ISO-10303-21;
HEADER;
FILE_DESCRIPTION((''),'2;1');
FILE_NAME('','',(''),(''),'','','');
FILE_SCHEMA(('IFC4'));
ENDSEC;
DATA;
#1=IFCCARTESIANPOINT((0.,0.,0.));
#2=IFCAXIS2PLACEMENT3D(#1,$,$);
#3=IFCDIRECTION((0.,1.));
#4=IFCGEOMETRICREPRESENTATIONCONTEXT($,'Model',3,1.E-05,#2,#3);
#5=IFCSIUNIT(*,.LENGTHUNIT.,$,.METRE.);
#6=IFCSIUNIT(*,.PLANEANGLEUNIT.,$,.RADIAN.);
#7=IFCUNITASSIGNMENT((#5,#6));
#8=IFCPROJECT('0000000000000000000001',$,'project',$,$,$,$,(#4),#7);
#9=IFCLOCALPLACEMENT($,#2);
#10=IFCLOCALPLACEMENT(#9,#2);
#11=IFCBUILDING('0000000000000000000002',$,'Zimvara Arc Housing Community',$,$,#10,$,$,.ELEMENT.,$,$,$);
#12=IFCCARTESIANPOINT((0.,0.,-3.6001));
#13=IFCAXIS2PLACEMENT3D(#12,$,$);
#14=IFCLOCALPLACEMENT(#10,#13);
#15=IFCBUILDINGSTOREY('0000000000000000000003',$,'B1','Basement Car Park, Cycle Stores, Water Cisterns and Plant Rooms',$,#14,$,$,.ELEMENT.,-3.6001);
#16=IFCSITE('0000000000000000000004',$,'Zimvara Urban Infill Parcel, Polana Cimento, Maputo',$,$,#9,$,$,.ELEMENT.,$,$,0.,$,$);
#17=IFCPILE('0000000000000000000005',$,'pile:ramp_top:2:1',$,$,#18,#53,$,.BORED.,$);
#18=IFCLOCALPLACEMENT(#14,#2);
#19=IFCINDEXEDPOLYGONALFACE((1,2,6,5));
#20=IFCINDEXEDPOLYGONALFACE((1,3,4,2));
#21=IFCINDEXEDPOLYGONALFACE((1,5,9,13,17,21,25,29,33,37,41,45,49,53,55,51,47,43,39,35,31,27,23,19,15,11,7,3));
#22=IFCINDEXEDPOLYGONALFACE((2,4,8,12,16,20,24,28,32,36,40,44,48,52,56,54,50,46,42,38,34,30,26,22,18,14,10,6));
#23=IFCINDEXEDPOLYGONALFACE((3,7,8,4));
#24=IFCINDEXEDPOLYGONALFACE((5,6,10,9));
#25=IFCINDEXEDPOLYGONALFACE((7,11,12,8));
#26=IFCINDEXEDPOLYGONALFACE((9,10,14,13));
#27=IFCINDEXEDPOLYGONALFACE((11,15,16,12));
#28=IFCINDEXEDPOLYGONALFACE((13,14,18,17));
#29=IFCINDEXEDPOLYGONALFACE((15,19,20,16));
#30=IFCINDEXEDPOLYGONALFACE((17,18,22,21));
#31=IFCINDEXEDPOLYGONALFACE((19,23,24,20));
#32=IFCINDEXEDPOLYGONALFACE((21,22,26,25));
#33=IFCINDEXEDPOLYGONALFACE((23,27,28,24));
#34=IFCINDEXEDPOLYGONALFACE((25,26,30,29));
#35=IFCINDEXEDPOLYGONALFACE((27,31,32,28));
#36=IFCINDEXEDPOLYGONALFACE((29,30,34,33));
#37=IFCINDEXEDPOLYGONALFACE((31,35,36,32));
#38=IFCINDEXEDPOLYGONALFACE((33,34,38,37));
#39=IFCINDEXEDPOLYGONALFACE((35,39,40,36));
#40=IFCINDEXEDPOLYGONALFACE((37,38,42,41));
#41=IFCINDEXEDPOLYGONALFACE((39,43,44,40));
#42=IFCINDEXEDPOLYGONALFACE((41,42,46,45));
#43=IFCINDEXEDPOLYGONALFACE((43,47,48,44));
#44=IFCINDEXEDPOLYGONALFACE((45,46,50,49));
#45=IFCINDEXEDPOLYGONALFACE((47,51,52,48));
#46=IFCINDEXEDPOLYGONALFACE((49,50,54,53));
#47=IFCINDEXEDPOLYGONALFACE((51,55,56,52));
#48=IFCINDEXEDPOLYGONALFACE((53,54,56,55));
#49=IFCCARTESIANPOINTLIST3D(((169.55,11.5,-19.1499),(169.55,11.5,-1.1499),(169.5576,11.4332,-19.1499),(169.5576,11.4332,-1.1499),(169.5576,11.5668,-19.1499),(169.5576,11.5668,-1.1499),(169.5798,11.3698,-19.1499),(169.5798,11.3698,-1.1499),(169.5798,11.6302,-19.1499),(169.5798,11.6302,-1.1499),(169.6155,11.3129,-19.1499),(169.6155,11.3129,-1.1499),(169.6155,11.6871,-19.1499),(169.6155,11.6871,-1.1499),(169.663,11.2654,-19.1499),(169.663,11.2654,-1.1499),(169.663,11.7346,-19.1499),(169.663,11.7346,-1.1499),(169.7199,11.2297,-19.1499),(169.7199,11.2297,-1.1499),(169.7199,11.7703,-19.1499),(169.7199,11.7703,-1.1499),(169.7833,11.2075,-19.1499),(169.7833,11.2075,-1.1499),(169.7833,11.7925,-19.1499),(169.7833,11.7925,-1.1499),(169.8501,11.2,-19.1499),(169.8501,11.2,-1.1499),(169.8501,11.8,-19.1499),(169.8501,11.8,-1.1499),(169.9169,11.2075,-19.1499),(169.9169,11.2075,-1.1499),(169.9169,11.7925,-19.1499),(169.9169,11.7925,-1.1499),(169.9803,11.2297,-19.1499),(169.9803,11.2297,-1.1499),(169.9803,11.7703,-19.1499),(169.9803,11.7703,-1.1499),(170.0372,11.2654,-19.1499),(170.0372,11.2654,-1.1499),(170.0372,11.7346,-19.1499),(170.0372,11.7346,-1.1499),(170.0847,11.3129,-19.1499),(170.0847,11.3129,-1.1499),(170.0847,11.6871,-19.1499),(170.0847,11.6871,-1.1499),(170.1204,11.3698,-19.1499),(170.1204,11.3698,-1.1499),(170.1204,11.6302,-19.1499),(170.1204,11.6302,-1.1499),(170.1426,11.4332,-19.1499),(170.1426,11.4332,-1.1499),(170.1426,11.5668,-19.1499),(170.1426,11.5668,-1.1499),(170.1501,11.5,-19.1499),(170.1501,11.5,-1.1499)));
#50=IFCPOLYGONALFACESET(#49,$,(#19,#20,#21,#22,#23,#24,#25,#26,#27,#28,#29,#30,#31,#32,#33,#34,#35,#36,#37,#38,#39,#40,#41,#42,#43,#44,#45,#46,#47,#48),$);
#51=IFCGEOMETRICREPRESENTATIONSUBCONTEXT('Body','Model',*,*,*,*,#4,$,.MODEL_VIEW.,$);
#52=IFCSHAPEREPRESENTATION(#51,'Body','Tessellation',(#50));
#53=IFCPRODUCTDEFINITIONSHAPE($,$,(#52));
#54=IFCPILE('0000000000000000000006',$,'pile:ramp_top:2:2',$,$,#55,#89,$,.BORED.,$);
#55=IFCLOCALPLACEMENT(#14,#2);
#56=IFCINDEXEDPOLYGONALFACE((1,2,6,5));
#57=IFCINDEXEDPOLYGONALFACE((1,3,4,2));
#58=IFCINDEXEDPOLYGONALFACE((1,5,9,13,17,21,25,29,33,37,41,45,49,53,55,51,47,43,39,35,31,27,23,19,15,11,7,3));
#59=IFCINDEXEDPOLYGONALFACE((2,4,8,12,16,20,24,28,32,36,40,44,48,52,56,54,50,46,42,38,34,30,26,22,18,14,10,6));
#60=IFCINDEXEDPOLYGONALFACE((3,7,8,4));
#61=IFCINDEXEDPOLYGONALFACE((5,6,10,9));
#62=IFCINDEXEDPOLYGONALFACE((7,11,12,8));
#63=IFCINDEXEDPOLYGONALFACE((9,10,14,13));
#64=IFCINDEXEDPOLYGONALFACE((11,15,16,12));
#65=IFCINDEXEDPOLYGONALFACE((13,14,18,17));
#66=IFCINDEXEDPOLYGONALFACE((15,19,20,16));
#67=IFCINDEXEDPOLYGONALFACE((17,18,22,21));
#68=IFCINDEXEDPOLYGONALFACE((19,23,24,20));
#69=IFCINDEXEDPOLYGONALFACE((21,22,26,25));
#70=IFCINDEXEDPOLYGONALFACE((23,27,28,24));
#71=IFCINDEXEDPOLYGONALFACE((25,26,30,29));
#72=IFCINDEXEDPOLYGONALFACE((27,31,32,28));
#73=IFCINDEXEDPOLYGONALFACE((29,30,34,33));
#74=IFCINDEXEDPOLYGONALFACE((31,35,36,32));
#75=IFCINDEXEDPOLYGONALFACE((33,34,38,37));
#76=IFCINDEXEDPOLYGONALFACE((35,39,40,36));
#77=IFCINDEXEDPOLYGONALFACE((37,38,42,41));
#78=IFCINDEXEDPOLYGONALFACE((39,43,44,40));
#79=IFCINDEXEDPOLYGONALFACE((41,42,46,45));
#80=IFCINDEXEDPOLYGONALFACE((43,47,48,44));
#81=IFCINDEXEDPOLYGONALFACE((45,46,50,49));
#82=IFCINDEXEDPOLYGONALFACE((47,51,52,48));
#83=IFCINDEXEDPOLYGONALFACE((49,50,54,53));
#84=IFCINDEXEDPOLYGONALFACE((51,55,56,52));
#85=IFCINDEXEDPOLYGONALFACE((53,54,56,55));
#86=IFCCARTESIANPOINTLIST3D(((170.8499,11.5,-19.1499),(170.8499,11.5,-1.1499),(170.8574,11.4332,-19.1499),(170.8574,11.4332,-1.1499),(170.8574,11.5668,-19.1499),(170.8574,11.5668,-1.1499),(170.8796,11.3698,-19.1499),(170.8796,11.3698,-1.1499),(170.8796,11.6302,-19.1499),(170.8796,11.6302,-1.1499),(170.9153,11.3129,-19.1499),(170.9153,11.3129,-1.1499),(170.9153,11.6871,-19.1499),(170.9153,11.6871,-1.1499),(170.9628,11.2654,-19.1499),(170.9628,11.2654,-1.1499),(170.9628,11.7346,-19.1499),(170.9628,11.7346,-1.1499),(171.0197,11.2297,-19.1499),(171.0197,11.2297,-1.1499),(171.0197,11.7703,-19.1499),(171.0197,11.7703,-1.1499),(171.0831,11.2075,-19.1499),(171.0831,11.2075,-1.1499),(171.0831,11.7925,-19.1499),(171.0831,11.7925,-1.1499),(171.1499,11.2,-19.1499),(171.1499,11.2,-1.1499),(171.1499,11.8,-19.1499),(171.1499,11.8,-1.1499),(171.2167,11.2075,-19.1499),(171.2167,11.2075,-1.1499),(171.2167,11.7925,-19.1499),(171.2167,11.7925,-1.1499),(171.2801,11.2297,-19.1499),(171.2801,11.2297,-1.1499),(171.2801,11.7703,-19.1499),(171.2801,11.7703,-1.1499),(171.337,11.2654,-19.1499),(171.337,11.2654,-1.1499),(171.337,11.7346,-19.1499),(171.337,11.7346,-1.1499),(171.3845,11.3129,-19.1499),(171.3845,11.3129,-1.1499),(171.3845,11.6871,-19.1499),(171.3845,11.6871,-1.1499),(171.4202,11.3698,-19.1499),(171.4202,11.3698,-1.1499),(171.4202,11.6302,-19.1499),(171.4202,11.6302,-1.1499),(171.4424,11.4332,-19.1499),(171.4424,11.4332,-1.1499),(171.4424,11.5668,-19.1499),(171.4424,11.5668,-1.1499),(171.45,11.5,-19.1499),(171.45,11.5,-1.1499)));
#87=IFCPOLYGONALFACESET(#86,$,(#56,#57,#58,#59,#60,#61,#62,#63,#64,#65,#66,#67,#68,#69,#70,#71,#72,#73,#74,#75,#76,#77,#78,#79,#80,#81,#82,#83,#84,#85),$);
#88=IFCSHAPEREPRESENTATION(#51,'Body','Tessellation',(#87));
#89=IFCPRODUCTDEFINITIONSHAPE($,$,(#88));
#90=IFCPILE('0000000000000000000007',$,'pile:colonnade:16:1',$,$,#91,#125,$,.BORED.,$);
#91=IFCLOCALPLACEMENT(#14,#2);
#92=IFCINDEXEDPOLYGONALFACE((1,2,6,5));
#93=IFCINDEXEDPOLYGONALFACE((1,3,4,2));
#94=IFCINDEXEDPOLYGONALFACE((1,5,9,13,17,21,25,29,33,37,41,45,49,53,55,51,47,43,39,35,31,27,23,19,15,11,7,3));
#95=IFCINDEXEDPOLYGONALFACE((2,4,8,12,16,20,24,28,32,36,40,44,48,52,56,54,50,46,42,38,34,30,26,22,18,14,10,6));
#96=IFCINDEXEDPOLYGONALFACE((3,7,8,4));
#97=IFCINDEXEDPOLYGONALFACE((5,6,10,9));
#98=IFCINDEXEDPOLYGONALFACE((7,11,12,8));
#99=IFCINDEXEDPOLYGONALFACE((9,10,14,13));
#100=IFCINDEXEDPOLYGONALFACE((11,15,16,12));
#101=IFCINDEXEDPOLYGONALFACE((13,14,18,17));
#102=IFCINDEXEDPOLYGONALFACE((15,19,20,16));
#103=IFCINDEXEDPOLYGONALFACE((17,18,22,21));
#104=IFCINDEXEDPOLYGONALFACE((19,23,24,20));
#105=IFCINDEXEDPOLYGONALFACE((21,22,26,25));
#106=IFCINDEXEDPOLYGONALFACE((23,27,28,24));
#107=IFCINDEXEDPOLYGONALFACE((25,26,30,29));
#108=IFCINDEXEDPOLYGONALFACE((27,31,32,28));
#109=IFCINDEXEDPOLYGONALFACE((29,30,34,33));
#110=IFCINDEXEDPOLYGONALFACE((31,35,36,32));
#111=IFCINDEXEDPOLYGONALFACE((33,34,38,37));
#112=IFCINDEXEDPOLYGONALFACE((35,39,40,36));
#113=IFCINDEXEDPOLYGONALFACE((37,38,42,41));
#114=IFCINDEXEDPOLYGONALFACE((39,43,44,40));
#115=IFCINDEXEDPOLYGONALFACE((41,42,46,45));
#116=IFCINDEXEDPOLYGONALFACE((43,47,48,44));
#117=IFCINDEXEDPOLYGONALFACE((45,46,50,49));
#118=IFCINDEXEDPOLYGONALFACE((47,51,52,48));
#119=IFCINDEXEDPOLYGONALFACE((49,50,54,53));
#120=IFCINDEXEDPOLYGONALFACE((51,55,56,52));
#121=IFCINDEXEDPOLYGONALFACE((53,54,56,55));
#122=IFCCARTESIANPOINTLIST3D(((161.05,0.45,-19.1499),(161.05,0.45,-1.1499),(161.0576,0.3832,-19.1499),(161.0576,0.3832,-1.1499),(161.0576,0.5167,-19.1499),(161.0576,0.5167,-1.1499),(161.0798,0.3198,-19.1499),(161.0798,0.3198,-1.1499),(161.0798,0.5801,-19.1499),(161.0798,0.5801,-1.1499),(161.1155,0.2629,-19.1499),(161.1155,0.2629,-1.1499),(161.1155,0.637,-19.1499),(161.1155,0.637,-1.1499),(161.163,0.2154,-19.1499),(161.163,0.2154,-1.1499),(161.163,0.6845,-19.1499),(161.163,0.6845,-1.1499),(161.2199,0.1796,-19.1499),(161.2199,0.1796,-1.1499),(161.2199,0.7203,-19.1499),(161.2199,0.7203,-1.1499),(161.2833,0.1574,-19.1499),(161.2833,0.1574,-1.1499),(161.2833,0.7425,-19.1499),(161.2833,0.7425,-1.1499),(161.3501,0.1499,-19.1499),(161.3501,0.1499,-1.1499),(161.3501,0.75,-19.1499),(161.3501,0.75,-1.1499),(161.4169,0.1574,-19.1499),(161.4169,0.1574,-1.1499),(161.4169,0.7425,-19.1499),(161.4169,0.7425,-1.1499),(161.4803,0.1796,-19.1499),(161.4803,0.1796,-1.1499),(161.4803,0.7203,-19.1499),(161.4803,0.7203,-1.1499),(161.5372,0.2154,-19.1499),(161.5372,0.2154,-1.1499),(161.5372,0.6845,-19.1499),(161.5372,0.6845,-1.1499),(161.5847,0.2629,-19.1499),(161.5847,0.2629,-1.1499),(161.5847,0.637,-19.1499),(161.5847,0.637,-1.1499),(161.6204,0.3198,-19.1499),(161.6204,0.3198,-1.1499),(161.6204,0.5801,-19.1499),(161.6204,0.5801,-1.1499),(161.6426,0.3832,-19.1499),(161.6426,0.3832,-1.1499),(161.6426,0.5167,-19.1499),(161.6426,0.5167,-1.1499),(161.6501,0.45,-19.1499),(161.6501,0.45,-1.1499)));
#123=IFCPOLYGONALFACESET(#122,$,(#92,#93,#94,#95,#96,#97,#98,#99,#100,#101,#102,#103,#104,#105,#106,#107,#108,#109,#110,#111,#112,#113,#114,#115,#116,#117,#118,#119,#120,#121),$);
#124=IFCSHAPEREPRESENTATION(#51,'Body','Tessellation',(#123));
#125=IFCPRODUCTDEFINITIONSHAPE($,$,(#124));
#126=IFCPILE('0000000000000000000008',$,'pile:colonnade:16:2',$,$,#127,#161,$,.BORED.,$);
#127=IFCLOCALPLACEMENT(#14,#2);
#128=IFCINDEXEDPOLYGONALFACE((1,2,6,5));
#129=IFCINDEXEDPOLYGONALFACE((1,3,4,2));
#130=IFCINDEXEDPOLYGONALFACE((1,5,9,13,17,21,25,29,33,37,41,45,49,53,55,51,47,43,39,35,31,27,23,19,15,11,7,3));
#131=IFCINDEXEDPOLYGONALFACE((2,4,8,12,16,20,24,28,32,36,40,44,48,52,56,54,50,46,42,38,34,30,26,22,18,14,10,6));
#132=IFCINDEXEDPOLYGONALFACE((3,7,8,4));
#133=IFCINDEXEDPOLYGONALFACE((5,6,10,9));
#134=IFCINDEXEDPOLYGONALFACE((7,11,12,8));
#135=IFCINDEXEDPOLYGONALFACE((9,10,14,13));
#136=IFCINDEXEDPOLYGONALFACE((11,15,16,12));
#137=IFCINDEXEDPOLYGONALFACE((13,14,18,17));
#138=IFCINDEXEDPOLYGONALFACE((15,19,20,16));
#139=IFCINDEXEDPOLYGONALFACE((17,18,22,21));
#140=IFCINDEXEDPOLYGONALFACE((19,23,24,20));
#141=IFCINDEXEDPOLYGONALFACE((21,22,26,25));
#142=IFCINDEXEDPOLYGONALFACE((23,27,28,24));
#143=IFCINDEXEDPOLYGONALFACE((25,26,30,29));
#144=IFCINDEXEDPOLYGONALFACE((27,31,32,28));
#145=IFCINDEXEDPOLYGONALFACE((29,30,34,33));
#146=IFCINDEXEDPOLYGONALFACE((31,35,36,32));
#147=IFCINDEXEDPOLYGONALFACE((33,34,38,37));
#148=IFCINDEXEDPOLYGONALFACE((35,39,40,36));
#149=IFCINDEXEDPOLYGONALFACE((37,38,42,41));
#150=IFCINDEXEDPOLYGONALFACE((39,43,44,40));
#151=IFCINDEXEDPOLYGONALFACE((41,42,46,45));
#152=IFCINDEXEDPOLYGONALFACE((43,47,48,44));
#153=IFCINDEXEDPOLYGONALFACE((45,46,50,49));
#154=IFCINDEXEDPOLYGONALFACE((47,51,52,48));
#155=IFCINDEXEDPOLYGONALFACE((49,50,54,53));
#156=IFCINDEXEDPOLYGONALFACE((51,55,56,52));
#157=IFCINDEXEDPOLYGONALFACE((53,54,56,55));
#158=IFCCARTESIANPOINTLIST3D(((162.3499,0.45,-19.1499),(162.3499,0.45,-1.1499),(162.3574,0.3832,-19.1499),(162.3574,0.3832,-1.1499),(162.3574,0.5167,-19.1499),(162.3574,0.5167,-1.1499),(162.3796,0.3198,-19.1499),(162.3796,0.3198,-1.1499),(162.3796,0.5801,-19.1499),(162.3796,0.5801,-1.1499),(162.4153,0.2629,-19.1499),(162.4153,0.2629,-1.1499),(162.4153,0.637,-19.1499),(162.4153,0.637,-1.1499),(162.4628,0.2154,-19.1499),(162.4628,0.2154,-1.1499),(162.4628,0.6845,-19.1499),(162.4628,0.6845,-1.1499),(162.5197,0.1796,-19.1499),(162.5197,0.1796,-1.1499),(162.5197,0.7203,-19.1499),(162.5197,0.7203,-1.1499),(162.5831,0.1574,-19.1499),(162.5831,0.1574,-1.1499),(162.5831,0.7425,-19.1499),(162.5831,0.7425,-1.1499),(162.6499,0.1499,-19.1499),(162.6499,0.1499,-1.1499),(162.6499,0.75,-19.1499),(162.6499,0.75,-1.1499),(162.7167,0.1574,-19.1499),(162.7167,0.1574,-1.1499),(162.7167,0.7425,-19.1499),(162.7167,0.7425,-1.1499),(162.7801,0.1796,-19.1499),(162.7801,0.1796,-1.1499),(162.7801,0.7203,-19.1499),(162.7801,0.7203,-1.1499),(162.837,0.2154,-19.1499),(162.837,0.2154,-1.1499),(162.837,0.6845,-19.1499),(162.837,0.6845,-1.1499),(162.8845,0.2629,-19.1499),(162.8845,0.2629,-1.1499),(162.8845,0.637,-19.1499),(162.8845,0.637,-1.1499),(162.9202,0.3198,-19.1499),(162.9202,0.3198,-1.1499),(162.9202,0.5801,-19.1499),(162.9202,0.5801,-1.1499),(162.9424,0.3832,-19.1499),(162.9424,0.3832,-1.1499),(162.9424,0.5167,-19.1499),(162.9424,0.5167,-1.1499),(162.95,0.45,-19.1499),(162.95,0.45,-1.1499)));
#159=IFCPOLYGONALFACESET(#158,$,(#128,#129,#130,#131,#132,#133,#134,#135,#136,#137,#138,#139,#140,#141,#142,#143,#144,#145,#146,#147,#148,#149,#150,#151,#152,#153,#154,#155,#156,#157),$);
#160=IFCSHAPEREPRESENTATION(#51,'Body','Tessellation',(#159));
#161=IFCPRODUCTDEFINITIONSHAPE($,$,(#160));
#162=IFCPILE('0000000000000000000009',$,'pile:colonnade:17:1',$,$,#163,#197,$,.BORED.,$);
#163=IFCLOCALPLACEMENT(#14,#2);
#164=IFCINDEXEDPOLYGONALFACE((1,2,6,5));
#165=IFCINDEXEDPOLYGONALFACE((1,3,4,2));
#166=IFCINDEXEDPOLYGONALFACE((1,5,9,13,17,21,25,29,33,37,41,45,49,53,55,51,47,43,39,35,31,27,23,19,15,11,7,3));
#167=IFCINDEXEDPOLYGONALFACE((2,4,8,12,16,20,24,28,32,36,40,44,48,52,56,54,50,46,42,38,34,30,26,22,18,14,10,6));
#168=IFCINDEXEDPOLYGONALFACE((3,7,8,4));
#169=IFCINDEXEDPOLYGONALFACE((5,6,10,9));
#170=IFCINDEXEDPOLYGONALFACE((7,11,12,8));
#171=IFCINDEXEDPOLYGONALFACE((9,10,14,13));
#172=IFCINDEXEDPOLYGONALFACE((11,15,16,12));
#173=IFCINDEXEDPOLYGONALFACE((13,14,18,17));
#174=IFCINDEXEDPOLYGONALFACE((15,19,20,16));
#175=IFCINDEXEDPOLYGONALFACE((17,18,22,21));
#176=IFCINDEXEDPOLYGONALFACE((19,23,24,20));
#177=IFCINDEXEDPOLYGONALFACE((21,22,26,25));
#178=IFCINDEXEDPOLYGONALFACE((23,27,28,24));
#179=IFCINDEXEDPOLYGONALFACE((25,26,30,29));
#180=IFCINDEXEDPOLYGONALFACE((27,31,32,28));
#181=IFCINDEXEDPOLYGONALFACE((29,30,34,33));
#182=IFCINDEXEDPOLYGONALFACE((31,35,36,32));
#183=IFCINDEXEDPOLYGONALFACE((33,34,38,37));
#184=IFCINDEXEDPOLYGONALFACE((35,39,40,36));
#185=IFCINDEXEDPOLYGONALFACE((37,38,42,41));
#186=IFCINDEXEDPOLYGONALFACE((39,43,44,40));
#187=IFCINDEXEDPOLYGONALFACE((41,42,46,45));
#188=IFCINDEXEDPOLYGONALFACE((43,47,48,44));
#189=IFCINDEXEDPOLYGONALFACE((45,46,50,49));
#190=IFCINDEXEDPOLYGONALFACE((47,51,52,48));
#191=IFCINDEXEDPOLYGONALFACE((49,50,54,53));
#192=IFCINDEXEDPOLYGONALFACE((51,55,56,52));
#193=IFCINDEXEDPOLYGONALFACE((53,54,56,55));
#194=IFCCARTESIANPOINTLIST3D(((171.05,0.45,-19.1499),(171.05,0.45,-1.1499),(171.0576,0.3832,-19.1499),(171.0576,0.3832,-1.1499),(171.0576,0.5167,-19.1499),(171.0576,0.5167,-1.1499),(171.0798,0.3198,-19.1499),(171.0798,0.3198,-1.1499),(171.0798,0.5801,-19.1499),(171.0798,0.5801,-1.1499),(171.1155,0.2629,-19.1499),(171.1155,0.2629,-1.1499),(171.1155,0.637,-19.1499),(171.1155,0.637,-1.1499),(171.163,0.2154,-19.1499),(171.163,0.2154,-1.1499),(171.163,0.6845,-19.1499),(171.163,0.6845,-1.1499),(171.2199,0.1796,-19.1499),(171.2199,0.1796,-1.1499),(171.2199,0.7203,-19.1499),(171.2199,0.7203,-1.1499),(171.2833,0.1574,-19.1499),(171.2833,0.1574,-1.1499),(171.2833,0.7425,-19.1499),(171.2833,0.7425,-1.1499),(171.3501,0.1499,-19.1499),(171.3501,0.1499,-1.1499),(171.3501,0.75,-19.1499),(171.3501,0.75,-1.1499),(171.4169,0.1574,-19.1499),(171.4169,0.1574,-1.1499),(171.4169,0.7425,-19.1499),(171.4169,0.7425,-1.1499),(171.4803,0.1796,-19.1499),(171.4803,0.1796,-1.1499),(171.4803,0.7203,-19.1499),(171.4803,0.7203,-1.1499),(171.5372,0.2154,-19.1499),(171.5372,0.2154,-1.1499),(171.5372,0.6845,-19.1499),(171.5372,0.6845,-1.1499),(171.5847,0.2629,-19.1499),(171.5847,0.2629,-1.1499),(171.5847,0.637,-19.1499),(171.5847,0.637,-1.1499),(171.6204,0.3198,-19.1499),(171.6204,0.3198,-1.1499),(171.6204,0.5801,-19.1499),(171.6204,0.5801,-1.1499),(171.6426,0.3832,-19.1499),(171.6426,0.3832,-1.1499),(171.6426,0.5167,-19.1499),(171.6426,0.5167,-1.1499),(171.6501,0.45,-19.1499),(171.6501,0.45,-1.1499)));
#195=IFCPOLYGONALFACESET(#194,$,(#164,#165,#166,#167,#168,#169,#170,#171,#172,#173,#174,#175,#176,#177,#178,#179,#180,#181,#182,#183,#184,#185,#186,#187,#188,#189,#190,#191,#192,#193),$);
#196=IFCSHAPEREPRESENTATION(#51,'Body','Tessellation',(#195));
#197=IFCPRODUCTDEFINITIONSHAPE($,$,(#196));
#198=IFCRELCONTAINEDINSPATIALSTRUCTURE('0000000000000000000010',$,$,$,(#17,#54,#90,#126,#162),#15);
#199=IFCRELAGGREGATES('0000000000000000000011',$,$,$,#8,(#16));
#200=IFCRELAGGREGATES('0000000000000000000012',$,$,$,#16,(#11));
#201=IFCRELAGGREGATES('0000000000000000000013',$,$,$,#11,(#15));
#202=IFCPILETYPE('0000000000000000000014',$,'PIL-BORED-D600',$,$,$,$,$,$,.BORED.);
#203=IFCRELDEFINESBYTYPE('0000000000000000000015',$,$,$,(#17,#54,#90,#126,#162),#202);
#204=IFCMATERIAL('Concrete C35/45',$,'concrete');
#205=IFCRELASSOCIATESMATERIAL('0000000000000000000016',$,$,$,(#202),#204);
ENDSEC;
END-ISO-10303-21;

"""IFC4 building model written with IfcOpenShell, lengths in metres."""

from ifc_helpers import new_model, si_unit, direction, frame, origin, origin_2d, place, context, subcontext, project, spatial, circle, extrude, material, material_profile, profile_set, type_object, element, save


model = new_model("IFC4")

# Units and contexts
model_context = context("Model", 3, precision=1e-05, world=origin(), true_north=direction((0.0, 1.0)))
body_context = subcontext(model_context, "Body", "Model", "MODEL_VIEW")
ifc_project = project(units=[si_unit("LENGTHUNIT", "METRE"), si_unit("PLANEANGLEUNIT", "RADIAN")], contexts=[model_context])

# Site, building, storey
site_placement = place(None, origin())
site = spatial("IfcSite", under=ifc_project, at=site_placement, Name="Zimvara Urban Infill Parcel, Polana Cimento, Maputo", CompositionType="ELEMENT", RefElevation=0.0)
building_placement = place(site_placement, origin())
building = spatial("IfcBuilding", under=site, at=building_placement, Name="Zimvara Arc Housing Community", CompositionType="ELEMENT")
storey_placement = place(building_placement, frame((0.0, 0.0, -3.6001)))
storey = spatial("IfcBuildingStorey", under=building, at=storey_placement, Name="B1", Description="Basement Car Park, Cycle Stores, Water Cisterns and Plant Rooms", CompositionType="ELEMENT", Elevation=-3.6001)

# Piles
ifc_material_1 = material(Name="Concrete C35/45", Category="concrete")
ifc_material_profile_1 = material_profile(ifc_material_1, circle(Radius=0.3, at=origin_2d()), Name="PILE D600")
ifc_profile_set_1 = profile_set([ifc_material_profile_1], Name="Concrete C35/45")
pile_type = type_object("IfcPileType", Name="PIL-BORED-D600", PredefinedType="BORED", material=ifc_profile_set_1)
for number, where, z_axis, x_axis, name in (
    (1, (169.8501, 11.5, -1.1499), (0.0, 0.0, -1.0), (1.0, 0.0, 0.0), "pile:ramp_top:2:1"),
    (2, (171.1499, 11.5, -1.1499), (0.0, 0.0, -1.0), (1.0, 0.0, 0.0), "pile:ramp_top:2:2"),
    (3, (161.3501, 0.45, -1.1499), (0.0, 0.0, -1.0), (1.0, 0.0, 0.0), "pile:colonnade:16:1"),
    (4, (162.6499, 0.45, -1.1499), (0.0, 0.0, -1.0), (1.0, 0.0, 0.0), "pile:colonnade:16:2"),
    (5, (171.3501, 0.45, -1.1499), (0.0, 0.0, -1.0), (1.0, 0.0, 0.0), "pile:colonnade:17:1"),
):
    element("IfcPile", number, at=place(storey_placement, frame(where, z_axis=z_axis, x_axis=x_axis)), inside=storey, type_object=pile_type, Name=name, PredefinedType="BORED", context=body_context, shape_type="SweptSolid", body=[
        extrude(circle(Radius=0.3, at=origin_2d()), origin(), (0.0, 0.0, 1.0), 18.0),
    ])

save(model, "model.ifc")
